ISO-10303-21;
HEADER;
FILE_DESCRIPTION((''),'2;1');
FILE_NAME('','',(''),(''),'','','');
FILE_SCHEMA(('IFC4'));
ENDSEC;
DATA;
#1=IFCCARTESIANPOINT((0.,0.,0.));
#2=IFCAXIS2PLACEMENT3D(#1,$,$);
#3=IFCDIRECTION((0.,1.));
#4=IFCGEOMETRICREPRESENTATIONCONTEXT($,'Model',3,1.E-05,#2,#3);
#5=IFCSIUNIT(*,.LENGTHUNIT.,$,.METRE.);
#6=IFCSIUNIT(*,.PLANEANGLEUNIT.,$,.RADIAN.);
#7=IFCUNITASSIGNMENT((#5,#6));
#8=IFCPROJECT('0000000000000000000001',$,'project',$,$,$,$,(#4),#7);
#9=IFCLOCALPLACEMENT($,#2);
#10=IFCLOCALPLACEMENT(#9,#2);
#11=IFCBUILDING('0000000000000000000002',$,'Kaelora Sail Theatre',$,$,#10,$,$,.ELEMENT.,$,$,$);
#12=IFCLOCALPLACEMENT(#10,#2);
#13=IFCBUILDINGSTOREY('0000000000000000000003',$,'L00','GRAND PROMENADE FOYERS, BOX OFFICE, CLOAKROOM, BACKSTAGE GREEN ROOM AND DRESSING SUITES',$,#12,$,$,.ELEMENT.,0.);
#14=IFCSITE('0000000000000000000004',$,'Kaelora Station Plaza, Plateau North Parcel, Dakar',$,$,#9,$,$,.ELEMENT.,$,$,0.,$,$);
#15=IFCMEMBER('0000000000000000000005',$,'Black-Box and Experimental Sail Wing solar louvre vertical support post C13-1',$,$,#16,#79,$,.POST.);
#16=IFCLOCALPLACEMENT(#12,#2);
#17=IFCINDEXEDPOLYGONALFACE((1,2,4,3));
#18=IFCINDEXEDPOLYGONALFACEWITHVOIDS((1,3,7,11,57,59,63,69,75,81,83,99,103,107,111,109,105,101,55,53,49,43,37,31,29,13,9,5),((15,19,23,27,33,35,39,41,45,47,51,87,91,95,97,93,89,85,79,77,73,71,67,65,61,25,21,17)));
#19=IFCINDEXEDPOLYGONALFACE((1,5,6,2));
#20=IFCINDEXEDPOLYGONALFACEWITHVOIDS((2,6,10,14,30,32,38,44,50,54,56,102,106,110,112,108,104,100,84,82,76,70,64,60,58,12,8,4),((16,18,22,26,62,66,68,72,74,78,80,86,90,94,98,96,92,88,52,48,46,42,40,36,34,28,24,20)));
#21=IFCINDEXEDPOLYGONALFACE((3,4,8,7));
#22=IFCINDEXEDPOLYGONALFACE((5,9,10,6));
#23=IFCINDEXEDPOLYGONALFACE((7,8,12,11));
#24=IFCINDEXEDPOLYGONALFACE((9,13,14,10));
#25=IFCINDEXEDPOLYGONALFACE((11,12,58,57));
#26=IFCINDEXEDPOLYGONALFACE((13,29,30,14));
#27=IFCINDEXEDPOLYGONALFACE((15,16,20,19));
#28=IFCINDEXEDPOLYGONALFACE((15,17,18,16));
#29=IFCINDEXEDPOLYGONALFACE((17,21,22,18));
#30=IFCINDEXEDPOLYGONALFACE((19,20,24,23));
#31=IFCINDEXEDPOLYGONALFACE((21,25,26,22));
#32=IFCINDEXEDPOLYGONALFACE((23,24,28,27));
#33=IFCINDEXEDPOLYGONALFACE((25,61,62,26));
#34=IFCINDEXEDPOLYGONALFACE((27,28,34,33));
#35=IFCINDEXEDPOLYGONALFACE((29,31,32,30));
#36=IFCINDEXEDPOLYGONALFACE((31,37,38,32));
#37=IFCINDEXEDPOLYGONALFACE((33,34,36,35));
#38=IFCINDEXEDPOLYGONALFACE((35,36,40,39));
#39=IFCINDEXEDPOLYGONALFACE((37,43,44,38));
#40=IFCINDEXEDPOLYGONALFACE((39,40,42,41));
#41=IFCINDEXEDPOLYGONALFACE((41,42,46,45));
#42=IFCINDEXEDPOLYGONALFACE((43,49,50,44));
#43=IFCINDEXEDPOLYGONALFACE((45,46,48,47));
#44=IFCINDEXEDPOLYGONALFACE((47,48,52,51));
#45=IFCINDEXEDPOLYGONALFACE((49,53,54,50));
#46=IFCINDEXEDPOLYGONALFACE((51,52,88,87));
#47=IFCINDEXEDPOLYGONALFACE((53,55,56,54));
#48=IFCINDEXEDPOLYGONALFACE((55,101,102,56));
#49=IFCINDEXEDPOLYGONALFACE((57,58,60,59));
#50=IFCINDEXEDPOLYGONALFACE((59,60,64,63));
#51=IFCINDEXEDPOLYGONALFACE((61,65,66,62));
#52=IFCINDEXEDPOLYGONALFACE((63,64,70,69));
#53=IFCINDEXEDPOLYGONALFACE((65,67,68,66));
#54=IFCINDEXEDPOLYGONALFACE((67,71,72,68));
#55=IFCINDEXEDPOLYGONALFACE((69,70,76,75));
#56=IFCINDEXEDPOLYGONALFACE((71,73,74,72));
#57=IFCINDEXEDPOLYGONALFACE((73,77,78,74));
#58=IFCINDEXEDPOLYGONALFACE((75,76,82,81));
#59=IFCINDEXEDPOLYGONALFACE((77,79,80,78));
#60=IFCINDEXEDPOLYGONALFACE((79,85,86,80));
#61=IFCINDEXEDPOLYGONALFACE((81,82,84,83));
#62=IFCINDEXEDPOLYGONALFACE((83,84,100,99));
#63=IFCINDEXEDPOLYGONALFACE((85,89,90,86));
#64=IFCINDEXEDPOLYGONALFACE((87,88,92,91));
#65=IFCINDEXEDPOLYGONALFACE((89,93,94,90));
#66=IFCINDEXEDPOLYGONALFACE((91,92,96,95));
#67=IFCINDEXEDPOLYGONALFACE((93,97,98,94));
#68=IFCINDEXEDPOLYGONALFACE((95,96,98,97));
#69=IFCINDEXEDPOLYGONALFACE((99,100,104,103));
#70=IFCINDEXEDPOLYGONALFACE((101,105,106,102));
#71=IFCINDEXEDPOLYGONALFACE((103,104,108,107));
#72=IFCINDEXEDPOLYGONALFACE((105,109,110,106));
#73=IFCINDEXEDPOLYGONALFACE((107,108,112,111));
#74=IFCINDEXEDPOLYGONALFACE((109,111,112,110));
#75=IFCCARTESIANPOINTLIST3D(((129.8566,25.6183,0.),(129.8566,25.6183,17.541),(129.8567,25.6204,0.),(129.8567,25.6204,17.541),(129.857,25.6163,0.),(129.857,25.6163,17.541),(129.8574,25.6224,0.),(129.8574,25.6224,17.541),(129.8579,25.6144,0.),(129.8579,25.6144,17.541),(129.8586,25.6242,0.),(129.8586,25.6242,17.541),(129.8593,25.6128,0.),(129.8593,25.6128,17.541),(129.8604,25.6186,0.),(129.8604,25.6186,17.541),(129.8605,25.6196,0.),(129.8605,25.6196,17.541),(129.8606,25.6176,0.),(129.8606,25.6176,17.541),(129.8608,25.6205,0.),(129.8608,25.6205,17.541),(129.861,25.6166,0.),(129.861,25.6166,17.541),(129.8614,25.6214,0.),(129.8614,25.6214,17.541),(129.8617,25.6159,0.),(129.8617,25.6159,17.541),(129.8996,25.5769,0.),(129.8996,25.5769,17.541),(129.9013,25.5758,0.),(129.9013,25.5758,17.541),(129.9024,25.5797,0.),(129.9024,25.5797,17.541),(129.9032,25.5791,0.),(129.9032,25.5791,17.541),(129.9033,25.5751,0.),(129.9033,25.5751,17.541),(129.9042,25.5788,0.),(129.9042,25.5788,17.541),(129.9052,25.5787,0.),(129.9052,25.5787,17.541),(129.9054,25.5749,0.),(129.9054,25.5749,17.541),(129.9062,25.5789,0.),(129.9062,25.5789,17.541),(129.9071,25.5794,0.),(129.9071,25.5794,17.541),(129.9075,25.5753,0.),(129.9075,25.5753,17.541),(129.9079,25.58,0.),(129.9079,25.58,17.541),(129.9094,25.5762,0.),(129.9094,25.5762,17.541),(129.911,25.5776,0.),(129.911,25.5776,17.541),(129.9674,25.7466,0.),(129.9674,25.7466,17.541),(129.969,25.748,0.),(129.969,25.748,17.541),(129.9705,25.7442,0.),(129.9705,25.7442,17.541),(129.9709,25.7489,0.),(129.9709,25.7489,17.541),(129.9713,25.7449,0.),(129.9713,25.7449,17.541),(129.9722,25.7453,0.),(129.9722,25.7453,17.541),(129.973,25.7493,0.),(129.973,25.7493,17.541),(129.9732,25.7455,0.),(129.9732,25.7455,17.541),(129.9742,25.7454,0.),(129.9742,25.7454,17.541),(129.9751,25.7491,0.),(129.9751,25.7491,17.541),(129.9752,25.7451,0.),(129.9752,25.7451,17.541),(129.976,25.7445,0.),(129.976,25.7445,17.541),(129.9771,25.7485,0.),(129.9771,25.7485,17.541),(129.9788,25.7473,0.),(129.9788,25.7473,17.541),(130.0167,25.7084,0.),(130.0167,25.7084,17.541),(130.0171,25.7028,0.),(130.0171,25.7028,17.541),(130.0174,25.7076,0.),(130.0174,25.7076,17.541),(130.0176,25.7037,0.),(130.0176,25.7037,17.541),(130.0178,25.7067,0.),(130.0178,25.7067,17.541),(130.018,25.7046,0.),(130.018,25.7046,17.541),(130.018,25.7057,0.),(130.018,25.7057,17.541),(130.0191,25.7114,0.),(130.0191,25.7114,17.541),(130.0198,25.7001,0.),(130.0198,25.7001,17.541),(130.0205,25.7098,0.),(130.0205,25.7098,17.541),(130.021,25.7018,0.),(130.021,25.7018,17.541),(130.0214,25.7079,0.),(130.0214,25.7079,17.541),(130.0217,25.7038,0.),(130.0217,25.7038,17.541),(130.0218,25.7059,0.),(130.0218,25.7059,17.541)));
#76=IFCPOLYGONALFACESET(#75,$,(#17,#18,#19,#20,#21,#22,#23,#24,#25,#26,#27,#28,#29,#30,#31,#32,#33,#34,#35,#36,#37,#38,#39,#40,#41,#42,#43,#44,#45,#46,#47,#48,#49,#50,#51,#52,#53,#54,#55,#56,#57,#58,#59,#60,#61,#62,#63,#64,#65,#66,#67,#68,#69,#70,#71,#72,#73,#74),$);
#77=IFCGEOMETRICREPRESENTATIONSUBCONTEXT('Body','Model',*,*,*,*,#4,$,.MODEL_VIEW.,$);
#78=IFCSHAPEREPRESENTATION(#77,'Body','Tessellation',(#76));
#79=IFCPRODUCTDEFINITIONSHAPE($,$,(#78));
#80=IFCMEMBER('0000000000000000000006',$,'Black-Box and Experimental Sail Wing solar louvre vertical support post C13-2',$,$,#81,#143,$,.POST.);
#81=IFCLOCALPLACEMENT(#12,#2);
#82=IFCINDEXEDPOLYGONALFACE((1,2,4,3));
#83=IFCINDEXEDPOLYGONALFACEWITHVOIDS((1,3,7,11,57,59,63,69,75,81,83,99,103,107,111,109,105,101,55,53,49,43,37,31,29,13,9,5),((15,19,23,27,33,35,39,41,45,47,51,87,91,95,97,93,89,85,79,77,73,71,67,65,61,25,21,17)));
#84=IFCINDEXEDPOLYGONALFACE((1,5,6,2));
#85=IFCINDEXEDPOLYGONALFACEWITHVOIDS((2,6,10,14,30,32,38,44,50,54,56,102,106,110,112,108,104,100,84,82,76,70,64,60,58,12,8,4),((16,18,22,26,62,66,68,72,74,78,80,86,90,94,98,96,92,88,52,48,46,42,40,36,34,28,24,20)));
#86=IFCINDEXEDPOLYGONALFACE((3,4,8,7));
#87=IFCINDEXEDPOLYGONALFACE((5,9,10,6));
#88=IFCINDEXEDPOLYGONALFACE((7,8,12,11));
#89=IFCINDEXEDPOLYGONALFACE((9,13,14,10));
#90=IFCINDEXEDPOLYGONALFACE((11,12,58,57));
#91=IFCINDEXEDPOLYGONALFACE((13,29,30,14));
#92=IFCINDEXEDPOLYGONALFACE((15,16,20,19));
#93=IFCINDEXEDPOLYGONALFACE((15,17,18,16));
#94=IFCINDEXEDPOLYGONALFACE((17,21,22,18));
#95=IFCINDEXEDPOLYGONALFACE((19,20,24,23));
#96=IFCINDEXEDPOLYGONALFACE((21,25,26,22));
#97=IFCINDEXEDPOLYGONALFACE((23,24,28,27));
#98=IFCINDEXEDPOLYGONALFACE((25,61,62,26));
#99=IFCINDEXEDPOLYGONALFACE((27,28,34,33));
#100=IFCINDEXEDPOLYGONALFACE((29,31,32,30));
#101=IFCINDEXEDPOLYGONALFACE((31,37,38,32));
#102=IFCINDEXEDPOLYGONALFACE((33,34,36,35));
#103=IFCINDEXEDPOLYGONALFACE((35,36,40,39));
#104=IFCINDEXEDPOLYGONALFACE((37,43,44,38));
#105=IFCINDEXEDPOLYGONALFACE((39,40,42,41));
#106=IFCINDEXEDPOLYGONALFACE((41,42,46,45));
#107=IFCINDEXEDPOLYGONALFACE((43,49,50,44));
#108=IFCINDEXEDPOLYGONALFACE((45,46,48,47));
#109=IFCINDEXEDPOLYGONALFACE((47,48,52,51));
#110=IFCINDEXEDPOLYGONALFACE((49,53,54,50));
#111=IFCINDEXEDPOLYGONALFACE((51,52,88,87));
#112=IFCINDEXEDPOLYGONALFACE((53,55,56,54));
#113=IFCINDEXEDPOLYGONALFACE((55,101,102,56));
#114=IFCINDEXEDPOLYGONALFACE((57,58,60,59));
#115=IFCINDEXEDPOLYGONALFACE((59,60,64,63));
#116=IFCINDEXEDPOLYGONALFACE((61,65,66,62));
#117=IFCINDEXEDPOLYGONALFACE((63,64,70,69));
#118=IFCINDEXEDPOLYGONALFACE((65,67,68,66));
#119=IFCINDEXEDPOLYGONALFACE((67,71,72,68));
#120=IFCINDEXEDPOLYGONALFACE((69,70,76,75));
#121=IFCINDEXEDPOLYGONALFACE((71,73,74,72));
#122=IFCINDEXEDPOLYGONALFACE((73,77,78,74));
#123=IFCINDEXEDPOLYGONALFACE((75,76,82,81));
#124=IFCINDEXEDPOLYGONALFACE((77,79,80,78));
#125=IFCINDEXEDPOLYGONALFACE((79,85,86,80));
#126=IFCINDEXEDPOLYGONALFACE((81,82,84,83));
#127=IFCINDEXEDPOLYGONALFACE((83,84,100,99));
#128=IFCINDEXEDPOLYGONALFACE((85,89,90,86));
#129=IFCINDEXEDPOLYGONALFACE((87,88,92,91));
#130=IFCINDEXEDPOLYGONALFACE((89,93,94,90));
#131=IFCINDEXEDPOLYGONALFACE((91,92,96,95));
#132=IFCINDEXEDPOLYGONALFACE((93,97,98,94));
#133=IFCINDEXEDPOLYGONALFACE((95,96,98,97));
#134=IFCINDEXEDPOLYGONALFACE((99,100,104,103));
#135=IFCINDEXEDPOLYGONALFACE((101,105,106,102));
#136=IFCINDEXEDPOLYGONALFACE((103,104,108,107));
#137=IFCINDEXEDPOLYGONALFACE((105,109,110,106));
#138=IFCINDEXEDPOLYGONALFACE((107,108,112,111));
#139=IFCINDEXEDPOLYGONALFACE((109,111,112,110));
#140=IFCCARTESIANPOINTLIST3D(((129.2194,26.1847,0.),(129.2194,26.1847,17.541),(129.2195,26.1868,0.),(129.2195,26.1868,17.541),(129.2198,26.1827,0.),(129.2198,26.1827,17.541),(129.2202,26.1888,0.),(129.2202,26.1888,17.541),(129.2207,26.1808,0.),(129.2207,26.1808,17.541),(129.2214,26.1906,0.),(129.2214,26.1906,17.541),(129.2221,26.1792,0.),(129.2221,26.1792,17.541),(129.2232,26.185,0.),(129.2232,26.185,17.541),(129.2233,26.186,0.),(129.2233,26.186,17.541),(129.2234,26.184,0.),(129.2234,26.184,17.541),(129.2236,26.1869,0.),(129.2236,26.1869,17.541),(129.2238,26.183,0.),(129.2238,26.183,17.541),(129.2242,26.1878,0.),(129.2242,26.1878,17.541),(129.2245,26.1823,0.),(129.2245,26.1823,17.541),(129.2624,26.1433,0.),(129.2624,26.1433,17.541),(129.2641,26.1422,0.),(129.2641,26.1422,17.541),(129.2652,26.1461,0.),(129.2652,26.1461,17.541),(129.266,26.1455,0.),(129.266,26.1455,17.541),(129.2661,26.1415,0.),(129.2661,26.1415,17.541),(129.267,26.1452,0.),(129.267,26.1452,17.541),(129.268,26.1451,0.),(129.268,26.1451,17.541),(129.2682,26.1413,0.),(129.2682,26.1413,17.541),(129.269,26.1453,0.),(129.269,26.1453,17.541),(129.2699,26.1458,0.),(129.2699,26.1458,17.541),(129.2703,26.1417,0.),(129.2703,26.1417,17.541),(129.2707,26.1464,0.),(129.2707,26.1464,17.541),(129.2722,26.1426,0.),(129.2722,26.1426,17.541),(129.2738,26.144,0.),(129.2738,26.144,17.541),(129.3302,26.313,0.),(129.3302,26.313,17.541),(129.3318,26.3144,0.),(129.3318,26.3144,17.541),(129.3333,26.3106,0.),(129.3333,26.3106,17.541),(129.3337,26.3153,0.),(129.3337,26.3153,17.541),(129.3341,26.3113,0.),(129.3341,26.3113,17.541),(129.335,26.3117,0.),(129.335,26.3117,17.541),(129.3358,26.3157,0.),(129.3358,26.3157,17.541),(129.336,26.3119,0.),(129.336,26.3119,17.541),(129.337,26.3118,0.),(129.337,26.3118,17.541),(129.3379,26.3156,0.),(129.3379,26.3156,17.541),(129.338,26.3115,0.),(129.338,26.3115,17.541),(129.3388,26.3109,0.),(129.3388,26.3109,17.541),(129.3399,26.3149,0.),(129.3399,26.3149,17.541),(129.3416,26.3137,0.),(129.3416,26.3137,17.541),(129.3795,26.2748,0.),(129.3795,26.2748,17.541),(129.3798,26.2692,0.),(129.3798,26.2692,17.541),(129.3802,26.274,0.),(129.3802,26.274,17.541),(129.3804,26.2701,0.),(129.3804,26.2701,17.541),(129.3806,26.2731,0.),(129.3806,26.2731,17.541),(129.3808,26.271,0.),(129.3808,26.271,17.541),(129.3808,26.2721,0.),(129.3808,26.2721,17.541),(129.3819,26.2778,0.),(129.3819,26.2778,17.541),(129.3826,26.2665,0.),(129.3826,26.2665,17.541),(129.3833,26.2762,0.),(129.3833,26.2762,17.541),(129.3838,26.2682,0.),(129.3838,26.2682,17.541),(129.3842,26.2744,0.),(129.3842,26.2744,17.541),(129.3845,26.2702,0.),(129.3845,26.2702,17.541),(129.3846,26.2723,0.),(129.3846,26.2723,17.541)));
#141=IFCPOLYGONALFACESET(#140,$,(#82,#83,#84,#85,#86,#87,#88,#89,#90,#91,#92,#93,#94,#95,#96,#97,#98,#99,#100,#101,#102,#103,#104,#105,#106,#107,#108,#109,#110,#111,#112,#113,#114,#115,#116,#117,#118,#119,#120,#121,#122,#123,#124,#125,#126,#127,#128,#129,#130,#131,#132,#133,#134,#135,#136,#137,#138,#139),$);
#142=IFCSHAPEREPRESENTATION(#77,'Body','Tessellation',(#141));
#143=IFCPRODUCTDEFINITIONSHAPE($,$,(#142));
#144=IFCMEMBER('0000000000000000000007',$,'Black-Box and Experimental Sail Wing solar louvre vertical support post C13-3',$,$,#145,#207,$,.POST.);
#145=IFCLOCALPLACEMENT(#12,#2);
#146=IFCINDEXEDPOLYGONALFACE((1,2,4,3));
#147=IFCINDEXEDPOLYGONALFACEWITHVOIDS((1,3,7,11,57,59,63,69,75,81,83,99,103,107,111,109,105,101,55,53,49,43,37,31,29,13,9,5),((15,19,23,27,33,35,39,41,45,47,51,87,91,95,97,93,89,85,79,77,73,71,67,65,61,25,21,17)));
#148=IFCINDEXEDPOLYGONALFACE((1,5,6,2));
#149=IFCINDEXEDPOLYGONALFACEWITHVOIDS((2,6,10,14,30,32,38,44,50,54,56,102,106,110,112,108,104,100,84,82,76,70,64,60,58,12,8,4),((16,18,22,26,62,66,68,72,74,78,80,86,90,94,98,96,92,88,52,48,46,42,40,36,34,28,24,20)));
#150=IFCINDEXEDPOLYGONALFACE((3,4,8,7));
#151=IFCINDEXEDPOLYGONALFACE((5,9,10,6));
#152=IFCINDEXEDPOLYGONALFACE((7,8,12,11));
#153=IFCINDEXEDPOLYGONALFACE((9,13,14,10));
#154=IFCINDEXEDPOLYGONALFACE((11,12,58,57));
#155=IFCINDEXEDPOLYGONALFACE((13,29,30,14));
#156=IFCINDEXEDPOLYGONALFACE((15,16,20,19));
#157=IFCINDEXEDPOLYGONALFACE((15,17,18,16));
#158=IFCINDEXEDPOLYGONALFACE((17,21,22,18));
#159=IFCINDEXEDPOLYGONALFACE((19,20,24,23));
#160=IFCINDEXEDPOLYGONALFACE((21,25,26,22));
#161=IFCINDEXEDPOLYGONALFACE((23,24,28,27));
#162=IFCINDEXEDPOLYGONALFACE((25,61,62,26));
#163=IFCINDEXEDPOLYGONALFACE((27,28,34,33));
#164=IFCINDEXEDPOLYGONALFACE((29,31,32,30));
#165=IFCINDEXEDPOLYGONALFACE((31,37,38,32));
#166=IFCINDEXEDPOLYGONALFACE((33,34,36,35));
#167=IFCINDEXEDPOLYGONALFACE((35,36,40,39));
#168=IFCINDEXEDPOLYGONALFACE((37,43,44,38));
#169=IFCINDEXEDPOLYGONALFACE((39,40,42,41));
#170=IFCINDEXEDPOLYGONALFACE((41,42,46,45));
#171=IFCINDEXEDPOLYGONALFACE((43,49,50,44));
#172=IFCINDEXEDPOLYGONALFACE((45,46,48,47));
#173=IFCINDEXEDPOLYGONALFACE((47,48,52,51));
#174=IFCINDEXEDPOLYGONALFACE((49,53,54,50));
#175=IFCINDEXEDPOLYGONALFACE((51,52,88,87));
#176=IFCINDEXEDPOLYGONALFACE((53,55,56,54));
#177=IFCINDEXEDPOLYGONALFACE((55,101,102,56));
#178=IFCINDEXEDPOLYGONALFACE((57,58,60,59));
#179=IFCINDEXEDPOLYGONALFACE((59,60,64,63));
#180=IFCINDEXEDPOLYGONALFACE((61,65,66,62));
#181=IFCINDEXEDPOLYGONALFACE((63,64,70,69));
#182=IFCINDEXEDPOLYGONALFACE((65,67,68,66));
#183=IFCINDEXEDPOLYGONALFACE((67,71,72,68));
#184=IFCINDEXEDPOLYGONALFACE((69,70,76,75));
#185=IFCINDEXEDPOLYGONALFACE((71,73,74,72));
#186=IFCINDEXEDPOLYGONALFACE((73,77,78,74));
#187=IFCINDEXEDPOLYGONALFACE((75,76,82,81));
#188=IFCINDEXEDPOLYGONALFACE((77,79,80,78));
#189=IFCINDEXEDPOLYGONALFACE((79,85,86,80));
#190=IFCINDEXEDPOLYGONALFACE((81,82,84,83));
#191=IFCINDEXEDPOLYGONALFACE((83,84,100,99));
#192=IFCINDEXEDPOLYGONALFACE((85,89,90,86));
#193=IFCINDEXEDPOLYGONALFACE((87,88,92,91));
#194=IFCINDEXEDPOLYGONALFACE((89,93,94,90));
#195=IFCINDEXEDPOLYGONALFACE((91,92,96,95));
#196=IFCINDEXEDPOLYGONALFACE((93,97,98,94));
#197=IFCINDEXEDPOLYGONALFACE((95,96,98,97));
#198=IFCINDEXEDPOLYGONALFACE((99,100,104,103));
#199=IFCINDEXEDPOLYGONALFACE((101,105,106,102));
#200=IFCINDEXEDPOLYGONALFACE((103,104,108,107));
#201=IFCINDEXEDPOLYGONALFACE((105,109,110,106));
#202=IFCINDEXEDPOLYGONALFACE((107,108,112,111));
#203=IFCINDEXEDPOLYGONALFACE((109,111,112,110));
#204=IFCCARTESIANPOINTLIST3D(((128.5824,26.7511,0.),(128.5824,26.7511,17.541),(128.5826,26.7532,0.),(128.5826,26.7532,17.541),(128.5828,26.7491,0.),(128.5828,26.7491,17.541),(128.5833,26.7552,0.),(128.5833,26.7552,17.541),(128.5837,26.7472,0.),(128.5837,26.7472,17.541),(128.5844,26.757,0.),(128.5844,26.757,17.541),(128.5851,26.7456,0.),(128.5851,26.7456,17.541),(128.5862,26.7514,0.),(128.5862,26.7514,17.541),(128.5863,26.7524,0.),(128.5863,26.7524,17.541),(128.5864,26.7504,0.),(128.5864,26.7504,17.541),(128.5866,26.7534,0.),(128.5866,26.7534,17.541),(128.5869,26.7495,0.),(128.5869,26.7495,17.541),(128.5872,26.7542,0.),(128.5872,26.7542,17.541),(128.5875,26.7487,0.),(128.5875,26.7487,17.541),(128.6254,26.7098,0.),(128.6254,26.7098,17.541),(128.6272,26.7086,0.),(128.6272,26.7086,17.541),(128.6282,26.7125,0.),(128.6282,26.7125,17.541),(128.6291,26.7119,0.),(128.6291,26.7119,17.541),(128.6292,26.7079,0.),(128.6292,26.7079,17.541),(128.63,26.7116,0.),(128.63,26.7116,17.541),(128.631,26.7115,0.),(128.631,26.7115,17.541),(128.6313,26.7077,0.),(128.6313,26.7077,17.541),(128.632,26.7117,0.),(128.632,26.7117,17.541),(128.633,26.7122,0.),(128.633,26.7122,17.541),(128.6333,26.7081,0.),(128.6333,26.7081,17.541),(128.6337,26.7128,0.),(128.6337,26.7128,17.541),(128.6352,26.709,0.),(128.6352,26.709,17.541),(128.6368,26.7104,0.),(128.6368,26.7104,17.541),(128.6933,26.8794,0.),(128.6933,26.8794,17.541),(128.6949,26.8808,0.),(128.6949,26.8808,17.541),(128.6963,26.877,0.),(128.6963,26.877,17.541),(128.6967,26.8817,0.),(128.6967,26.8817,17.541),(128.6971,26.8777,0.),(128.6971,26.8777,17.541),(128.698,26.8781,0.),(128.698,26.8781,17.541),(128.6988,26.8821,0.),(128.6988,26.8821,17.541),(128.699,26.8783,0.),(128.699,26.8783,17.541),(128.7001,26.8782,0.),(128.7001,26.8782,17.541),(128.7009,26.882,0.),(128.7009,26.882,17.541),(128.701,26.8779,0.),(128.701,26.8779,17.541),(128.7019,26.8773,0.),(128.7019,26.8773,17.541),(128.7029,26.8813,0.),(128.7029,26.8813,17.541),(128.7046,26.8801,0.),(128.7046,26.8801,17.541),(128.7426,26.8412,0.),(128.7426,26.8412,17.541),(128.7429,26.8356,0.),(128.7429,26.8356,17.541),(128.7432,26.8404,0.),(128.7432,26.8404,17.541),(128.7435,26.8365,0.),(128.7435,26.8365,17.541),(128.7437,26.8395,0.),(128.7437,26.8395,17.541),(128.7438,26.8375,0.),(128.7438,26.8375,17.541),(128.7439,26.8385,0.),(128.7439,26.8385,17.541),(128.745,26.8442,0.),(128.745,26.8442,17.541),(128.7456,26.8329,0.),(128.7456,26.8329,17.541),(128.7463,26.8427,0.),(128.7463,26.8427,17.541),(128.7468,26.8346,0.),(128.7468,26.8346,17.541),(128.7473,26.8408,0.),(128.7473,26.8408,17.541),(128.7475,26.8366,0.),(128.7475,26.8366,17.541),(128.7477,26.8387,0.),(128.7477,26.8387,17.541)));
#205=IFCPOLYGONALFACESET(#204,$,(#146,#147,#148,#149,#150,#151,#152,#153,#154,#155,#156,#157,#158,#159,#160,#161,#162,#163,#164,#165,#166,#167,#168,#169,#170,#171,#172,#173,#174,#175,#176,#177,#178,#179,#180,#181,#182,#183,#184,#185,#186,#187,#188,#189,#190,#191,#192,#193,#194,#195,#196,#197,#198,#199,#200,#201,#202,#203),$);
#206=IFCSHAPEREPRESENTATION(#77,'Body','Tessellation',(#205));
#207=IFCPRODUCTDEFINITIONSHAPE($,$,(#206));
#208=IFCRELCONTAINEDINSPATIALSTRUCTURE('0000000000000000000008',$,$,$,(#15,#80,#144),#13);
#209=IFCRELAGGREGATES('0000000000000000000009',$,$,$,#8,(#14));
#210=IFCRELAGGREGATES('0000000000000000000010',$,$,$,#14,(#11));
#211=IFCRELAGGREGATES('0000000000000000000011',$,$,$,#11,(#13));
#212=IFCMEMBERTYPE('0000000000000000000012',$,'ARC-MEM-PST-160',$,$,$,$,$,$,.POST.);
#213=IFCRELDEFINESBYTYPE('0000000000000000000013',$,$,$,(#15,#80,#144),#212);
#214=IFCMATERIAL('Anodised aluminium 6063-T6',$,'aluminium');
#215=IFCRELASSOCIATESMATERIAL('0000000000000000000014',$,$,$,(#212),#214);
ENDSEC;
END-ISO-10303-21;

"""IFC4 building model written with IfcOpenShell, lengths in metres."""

from ifc_helpers import new_model, si_unit, direction, frame, origin, origin_2d, place, context, subcontext, project, spatial, hollow_rectangle, extrude, material, material_profile, profile_set, type_object, element, save


model = new_model("IFC4")

# Units and contexts
model_context = context("Model", 3, precision=1e-05, world=origin(), true_north=direction((0.0, 1.0)))
body_context = subcontext(model_context, "Body", "Model", "MODEL_VIEW")
ifc_project = project(units=[si_unit("LENGTHUNIT", "METRE"), si_unit("PLANEANGLEUNIT", "RADIAN")], contexts=[model_context])

# Site, building, storey
site_placement = place(None, origin())
site = spatial("IfcSite", under=ifc_project, at=site_placement, Name="Kaelora Station Plaza, Plateau North Parcel, Dakar", CompositionType="ELEMENT", RefElevation=0.0)
building_placement = place(site_placement, origin())
building = spatial("IfcBuilding", under=site, at=building_placement, Name="Kaelora Sail Theatre", CompositionType="ELEMENT")
storey_placement = place(building_placement, origin())
storey = spatial("IfcBuildingStorey", under=building, at=storey_placement, Name="L00", Description="GRAND PROMENADE FOYERS, BOX OFFICE, CLOAKROOM, BACKSTAGE GREEN ROOM AND DRESSING SUITES", CompositionType="ELEMENT", Elevation=0.0)

# Members
ifc_material_1 = material(Name="Anodised aluminium 6063-T6", Category="aluminium")
ifc_material_profile_1 = material_profile(ifc_material_1, hollow_rectangle(XDim=0.0701, YDim=0.1799, WallThickness=0.0039, InnerFilletRadius=0.0039, OuterFilletRadius=0.0081, at=origin_2d()), Name="ALU-MULL 70x180x4")
ifc_profile_set_1 = profile_set([ifc_material_profile_1], Name="Anodised aluminium 6063-T6")
member_type_1 = type_object("IfcMemberType", Name="ARC-MEM-PST-160", PredefinedType="POST", material=ifc_profile_set_1)
for number, where, z_axis, x_axis, name in (
    (1, (129.9392, 25.6621, 0.0), (0.0, 0.0, 1.0), (-0.74745, 0.664318, 0.0), "Black-Box and Experimental Sail Wing solar louvre vertical support post C13-1"),
    (2, (129.302, 26.2285, 0.0), (0.0, 0.0, 1.0), (-0.74745, 0.664318, 0.0), "Black-Box and Experimental Sail Wing solar louvre vertical support post C13-2"),
    (3, (128.665, 26.7949, 0.0), (0.0, 0.0, 1.0), (-0.74745, 0.664318, 0.0), "Black-Box and Experimental Sail Wing solar louvre vertical support post C13-3"),
):
    element("IfcMember", number, at=place(storey_placement, frame(where, z_axis=z_axis, x_axis=x_axis)), inside=storey, type_object=member_type_1, Name=name, PredefinedType="POST", context=body_context, shape_type="SweptSolid", body=[
        extrude(hollow_rectangle(XDim=0.0701, YDim=0.1799, WallThickness=0.0039, InnerFilletRadius=0.0039, OuterFilletRadius=0.0081, at=origin_2d()), origin(), (0.0, 0.0, 1.0), 17.541),
    ])

save(model, "model.ifc")
